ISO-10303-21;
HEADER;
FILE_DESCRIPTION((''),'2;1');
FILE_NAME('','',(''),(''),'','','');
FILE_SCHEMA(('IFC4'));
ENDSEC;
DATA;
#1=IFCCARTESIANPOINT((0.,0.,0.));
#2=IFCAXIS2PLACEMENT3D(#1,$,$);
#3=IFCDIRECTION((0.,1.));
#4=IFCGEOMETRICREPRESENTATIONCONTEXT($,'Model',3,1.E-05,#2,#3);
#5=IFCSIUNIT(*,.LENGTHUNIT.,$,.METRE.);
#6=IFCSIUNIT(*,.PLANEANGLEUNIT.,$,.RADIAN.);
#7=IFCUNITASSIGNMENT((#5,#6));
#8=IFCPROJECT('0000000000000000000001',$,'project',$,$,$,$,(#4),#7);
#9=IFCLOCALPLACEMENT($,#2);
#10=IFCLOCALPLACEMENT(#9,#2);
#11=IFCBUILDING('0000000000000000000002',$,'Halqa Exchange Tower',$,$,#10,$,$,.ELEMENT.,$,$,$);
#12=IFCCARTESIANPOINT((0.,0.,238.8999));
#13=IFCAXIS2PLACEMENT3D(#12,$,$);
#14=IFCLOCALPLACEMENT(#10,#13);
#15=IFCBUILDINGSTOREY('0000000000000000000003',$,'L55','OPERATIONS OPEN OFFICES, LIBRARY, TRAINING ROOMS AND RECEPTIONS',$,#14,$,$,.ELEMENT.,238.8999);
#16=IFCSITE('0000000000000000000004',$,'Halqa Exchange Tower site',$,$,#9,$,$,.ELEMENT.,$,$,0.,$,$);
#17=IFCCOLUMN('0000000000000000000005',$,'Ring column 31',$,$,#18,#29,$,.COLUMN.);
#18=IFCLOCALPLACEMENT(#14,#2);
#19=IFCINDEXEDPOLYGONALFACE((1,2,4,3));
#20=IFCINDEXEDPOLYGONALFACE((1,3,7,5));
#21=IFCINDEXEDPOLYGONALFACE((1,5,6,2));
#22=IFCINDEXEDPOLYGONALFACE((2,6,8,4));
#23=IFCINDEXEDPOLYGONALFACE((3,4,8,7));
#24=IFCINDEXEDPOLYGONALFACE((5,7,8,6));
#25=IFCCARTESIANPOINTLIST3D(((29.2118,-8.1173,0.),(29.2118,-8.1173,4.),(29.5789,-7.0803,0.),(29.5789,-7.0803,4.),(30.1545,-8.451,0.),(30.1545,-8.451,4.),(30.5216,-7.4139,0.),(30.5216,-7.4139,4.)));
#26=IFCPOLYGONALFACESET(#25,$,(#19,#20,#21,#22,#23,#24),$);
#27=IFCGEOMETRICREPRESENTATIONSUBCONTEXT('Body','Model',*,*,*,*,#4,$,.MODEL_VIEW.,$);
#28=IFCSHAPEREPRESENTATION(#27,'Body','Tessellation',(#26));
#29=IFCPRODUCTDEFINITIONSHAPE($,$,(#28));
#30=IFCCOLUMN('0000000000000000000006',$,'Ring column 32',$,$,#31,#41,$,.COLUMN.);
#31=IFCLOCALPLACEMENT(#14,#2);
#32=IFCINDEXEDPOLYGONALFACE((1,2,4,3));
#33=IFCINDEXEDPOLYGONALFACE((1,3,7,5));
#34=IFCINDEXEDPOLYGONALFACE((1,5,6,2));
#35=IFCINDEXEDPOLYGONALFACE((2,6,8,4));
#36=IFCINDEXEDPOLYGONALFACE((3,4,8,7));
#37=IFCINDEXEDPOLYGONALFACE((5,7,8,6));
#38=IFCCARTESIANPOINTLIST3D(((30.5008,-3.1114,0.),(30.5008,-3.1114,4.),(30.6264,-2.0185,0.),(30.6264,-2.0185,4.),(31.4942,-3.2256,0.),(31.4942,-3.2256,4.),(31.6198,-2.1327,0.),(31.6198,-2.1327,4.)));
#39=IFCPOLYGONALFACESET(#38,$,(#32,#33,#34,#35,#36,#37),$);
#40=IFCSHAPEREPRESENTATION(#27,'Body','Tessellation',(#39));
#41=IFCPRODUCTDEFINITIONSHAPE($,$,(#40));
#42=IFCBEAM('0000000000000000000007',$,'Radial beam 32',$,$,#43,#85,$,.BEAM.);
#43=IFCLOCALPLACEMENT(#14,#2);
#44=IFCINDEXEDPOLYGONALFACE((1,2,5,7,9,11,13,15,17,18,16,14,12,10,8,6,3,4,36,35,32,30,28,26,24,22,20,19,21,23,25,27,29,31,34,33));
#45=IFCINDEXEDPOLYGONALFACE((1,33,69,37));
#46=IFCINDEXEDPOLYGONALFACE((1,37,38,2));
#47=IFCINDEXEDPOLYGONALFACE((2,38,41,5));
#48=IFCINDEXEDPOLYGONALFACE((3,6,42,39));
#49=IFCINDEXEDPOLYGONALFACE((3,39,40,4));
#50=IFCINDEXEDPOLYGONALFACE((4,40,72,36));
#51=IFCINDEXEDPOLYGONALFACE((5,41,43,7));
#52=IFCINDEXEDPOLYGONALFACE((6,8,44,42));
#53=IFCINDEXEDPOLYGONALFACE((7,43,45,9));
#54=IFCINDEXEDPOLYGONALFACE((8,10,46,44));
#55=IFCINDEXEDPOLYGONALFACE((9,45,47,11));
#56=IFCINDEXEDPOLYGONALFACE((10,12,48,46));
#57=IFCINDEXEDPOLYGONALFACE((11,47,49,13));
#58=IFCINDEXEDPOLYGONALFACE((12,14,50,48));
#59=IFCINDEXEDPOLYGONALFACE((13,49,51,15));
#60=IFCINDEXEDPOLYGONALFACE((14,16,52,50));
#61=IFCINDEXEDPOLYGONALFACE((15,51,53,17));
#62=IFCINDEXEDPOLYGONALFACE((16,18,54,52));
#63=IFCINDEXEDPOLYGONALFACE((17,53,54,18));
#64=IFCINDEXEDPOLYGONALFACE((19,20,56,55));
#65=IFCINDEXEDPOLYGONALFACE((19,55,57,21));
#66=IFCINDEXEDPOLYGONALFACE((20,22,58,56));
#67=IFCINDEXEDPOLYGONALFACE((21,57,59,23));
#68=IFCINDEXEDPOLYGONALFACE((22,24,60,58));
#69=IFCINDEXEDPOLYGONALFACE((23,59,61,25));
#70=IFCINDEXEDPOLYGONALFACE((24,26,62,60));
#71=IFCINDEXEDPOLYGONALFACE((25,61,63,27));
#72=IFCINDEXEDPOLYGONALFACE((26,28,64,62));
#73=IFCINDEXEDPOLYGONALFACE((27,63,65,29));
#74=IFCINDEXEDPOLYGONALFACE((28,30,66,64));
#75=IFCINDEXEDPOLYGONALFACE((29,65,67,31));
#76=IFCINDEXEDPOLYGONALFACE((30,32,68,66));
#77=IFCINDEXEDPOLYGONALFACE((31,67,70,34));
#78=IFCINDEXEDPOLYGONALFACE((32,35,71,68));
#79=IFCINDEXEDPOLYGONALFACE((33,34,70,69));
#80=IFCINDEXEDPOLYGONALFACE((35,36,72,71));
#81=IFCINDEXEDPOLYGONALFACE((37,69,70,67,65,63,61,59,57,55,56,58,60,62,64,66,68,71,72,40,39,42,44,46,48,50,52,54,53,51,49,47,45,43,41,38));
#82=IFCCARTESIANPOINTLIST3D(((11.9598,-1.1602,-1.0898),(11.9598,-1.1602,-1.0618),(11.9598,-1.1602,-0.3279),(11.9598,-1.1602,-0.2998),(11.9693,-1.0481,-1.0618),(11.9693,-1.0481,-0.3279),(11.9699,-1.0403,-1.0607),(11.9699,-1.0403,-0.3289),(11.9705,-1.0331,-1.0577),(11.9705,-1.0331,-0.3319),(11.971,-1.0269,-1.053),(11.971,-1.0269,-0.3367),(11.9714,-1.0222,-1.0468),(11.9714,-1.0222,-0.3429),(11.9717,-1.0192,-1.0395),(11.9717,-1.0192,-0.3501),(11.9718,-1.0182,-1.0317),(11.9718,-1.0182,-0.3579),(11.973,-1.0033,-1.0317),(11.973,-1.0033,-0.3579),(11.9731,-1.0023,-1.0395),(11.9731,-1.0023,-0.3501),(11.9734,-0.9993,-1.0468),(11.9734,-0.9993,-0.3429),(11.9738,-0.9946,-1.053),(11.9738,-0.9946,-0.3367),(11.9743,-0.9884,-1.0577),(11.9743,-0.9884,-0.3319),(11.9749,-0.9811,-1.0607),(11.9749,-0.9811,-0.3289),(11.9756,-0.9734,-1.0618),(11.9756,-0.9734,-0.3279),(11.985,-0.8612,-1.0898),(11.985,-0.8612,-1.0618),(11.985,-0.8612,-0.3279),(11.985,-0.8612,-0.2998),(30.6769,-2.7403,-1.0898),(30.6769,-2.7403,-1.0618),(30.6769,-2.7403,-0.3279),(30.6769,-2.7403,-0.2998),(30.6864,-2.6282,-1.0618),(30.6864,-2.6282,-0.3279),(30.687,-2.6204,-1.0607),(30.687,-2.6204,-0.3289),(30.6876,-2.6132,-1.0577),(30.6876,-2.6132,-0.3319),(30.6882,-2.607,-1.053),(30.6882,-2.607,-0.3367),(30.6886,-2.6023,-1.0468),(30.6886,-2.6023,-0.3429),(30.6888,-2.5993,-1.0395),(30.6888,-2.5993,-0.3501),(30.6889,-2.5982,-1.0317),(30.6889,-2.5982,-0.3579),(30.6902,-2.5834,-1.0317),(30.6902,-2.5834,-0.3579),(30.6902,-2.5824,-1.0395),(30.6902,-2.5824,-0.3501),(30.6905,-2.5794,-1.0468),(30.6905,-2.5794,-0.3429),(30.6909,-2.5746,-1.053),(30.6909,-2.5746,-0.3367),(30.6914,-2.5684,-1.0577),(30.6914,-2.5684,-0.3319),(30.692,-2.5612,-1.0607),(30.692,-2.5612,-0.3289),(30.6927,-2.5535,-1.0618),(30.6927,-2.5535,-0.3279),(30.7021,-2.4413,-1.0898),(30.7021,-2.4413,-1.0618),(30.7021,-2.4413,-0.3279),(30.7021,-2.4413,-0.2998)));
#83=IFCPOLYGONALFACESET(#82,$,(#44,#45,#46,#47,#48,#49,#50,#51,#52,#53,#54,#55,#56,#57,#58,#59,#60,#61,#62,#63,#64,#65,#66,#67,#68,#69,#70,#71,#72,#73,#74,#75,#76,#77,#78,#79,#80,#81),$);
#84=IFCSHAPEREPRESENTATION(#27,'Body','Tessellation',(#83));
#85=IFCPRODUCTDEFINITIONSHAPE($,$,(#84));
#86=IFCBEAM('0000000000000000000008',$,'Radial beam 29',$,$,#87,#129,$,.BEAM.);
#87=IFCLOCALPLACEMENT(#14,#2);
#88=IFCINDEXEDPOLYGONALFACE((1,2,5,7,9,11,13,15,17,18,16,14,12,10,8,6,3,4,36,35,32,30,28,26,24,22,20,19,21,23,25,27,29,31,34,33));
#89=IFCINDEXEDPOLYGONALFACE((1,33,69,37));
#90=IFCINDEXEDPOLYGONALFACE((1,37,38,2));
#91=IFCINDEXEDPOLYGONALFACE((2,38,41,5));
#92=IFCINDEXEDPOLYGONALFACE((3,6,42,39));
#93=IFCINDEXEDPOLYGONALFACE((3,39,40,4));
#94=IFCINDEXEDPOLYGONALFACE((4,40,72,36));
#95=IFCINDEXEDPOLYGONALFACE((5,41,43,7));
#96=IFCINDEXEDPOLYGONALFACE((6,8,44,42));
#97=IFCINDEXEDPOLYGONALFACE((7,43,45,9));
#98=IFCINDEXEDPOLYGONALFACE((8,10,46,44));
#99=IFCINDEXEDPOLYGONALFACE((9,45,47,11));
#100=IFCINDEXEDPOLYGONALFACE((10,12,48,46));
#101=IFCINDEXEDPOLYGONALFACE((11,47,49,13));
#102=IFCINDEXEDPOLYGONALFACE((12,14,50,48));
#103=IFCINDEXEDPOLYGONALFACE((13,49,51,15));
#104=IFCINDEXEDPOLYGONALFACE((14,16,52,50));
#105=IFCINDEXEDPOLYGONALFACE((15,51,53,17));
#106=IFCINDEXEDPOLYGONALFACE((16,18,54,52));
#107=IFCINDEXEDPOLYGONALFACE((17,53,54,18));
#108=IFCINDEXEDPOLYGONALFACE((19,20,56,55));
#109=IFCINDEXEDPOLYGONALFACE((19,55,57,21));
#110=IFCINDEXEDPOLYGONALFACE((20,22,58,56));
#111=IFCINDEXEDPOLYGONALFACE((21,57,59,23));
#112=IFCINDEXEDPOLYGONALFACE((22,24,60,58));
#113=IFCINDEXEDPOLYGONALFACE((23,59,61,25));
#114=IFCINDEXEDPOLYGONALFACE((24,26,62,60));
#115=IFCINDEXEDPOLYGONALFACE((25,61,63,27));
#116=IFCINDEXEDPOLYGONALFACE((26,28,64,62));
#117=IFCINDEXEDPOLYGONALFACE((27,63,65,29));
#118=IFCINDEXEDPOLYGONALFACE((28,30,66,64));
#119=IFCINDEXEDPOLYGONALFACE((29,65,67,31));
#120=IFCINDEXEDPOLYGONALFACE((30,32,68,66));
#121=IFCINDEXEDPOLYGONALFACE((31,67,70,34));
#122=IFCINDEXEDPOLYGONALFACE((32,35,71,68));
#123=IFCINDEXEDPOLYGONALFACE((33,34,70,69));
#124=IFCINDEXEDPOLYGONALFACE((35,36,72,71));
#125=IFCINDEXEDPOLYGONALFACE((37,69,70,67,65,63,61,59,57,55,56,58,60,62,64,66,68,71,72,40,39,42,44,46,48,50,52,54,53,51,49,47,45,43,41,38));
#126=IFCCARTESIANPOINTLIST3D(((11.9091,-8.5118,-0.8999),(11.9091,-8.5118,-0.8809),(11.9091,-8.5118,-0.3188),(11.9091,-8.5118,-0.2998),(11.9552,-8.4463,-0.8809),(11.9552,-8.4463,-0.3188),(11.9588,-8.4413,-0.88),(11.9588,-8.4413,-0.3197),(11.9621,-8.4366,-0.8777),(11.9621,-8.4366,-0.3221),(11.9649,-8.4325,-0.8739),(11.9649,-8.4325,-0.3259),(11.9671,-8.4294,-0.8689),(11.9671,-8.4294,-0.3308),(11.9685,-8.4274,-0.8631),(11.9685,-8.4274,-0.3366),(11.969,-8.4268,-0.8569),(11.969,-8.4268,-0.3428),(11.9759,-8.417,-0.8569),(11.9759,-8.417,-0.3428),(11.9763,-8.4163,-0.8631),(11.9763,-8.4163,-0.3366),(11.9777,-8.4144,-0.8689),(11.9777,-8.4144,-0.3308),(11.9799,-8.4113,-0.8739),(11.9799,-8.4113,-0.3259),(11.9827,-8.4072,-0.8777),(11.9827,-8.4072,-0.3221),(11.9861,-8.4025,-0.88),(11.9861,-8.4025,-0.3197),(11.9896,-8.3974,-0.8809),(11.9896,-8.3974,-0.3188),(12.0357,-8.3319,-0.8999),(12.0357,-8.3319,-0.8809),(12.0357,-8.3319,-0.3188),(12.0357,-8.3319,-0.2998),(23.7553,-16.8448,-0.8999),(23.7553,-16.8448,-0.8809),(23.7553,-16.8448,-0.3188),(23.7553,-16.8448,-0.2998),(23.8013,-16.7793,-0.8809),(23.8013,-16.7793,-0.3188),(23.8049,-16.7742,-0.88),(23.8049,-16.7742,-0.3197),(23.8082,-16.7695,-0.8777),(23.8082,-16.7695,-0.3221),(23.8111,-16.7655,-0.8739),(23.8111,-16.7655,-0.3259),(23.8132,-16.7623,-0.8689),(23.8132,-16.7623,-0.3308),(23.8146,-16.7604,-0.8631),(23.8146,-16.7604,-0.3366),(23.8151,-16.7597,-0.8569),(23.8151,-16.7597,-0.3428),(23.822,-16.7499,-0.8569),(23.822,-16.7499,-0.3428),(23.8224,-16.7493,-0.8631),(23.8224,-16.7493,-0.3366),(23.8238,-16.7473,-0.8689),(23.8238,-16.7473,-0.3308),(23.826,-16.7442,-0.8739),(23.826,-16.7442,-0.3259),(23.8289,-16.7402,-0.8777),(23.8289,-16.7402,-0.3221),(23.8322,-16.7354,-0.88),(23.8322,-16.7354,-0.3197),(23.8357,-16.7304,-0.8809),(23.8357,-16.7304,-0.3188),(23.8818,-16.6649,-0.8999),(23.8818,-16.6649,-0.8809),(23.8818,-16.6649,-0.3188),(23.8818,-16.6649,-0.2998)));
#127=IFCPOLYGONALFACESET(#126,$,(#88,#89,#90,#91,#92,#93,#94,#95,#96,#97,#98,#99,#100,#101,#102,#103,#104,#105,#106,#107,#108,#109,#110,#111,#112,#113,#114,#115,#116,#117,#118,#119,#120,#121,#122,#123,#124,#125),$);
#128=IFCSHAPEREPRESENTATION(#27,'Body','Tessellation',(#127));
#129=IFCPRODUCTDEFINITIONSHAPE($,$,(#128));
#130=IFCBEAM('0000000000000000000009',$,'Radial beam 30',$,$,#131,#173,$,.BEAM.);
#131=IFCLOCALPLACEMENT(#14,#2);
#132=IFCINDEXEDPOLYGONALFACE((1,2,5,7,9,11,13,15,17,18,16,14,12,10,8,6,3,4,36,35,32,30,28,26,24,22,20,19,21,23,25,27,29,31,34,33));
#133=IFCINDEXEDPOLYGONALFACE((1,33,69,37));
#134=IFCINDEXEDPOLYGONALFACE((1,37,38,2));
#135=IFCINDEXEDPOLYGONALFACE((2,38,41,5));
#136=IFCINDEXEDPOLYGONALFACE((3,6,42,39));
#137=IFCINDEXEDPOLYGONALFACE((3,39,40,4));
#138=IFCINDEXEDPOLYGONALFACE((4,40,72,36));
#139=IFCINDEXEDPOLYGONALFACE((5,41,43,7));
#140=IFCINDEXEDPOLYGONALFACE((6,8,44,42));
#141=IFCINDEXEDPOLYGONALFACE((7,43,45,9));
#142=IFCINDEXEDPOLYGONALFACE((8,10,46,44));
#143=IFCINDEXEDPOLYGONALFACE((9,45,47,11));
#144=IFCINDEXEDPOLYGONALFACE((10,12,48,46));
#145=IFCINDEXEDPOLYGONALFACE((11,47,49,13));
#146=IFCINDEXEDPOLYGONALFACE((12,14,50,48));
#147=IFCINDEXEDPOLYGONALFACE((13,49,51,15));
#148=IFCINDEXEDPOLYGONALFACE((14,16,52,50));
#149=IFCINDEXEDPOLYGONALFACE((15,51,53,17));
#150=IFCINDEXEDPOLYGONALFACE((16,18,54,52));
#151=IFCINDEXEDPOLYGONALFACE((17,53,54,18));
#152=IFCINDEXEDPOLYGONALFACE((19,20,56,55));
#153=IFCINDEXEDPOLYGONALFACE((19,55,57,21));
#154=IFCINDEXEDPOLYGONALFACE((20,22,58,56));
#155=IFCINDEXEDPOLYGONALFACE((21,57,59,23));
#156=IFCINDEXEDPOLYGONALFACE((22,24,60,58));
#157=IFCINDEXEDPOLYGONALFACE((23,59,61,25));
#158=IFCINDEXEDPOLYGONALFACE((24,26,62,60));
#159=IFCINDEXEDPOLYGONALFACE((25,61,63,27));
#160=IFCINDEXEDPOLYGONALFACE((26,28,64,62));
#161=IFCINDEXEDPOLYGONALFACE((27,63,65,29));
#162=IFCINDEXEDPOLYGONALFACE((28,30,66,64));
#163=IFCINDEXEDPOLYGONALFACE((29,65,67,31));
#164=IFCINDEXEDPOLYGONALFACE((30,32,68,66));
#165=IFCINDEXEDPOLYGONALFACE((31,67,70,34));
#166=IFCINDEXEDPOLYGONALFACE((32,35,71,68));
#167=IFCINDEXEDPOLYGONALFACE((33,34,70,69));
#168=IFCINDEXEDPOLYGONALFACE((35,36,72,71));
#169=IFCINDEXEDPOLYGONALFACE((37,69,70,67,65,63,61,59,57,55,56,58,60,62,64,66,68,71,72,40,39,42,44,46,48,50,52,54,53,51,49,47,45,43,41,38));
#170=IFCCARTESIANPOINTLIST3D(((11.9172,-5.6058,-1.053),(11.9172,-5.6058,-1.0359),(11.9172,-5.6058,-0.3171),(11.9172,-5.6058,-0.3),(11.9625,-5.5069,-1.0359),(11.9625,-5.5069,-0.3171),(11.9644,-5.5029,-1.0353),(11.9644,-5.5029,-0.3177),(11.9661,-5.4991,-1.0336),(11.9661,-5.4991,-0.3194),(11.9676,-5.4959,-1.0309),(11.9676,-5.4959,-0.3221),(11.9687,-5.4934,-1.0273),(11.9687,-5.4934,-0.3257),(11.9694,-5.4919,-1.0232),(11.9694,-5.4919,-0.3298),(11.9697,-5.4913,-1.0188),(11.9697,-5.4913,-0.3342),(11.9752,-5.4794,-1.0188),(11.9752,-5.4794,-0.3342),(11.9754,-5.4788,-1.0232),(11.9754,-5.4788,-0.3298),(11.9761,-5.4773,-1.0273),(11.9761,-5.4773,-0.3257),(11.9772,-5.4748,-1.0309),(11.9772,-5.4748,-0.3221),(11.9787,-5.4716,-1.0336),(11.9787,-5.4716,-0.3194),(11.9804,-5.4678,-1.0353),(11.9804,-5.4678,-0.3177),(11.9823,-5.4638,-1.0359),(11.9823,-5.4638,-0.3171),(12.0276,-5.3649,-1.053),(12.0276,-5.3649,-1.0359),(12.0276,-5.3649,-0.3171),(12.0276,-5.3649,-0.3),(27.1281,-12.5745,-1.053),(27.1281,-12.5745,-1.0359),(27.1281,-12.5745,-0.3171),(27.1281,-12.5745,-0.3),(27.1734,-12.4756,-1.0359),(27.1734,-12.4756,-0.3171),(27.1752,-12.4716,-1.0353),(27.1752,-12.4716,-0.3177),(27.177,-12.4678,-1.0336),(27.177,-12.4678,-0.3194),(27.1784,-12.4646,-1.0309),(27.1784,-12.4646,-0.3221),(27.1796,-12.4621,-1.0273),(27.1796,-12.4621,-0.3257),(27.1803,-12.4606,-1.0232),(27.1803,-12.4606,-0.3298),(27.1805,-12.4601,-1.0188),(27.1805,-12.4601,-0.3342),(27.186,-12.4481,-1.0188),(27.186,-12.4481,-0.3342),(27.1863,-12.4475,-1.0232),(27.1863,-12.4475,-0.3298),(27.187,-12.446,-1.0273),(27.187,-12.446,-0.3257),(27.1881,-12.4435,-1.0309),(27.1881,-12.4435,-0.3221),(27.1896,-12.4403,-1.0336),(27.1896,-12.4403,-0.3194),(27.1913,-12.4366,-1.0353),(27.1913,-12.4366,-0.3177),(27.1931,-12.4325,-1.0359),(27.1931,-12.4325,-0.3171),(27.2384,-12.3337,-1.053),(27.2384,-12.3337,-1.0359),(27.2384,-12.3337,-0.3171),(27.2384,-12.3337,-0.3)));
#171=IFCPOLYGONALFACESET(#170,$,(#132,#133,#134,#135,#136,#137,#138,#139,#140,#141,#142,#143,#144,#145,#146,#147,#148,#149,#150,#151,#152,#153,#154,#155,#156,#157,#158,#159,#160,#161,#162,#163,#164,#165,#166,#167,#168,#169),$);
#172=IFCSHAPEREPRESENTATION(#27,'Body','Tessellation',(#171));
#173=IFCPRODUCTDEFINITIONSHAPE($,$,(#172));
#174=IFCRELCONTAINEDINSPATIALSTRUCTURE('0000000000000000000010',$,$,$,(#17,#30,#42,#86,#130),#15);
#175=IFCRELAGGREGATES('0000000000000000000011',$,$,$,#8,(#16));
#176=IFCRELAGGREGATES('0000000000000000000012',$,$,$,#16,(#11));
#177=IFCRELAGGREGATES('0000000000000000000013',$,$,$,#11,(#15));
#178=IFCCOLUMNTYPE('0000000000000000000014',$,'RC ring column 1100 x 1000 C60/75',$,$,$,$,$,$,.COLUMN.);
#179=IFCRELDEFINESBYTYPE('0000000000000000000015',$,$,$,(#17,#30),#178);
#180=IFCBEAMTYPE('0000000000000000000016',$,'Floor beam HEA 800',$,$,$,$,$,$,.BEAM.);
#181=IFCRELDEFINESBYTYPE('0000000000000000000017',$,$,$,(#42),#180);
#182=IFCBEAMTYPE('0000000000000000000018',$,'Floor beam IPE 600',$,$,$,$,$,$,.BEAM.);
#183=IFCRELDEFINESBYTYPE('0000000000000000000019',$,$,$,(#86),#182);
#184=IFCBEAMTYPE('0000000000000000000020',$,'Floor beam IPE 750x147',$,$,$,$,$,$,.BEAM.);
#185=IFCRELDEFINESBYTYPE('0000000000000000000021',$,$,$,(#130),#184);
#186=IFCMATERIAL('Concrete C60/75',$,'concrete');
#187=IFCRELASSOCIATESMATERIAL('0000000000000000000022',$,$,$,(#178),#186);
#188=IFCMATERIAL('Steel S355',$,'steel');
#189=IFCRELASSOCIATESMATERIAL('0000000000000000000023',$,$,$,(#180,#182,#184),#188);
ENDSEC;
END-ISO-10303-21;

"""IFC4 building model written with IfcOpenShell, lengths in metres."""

from ifc_helpers import new_model, si_unit, direction, frame, origin, origin_2d, place, context, subcontext, project, spatial, rectangle, i_section, extrude, material, material_profile, profile_set, type_object, element, save


model = new_model("IFC4")

# Units and contexts
model_context = context("Model", 3, precision=1e-05, world=origin(), true_north=direction((0.0, 1.0)))
body_context = subcontext(model_context, "Body", "Model", "MODEL_VIEW")
ifc_project = project(units=[si_unit("LENGTHUNIT", "METRE"), si_unit("PLANEANGLEUNIT", "RADIAN")], contexts=[model_context])

# Site, building, storey
site_placement = place(None, origin())
site = spatial("IfcSite", under=ifc_project, at=site_placement, Name="Halqa Exchange Tower site", CompositionType="ELEMENT", RefElevation=0.0)
building_placement = place(site_placement, origin())
building = spatial("IfcBuilding", under=site, at=building_placement, Name="Halqa Exchange Tower", CompositionType="ELEMENT")
storey_placement = place(building_placement, frame((0.0, 0.0, 238.8999)))
storey = spatial("IfcBuildingStorey", under=building, at=storey_placement, Name="L55", Description="OPERATIONS OPEN OFFICES, LIBRARY, TRAINING ROOMS AND RECEPTIONS", CompositionType="ELEMENT", Elevation=238.8999)

# Columns
ifc_material_1 = material(Name="Concrete C60/75", Category="concrete")
ifc_material_profile_1 = material_profile(ifc_material_1, rectangle(XDim=1.1001, YDim=1.0, at=origin_2d()), Name="1100 x 1000")
ifc_profile_set_1 = profile_set([ifc_material_profile_1], Name="Concrete C60/75")
column_type = type_object("IfcColumnType", Name="RC ring column 1100 x 1000 C60/75", PredefinedType="COLUMN", material=ifc_profile_set_1)
for number, where, z_axis, x_axis, name in (
    (1, (29.8667, -7.7656, 0.0), (0.0, 0.0, 1.0), (0.333624, 0.942706, 0.0), "Ring column 31"),
    (2, (31.0603, -2.6221, 0.0), (0.0, 0.0, 1.0), (0.114153, 0.993463, 0.0), "Ring column 32"),
):
    element("IfcColumn", number, at=place(storey_placement, frame(where, z_axis=z_axis, x_axis=x_axis)), inside=storey, type_object=column_type, Name=name, PredefinedType="COLUMN", context=body_context, shape_type="SweptSolid", body=[
        extrude(rectangle(XDim=1.1001, YDim=1.0, at=origin_2d()), origin(), (0.0, 0.0, 1.0), 4.0),
    ])

# Beams
ifc_material_2 = material(Name="Steel S355", Category="steel")
ifc_material_profile_2 = material_profile(ifc_material_2, i_section(OverallWidth=0.3, OverallDepth=0.79, WebThickness=0.0149, FlangeThickness=0.0281, FilletRadius=0.03, at=origin_2d()), Name="HEA 800")
ifc_profile_set_2 = profile_set([ifc_material_profile_2], Name="Steel S355")
beam_type_1 = type_object("IfcBeamType", Name="Floor beam HEA 800", PredefinedType="BEAM", material=ifc_profile_set_2)
beam_1_placement = place(storey_placement, frame((11.9724, -1.0107, -0.6948), z_axis=(0.996456, -0.08412, 0.0), x_axis=(0.08412, 0.996456, 0.0)))
element("IfcBeam", 3, at=beam_1_placement, inside=storey, type_object=beam_type_1, Name="Radial beam 32", PredefinedType="BEAM", context=body_context, shape_type="SweptSolid", body=[
    extrude(i_section(OverallWidth=0.3, OverallDepth=0.79, WebThickness=0.0149, FlangeThickness=0.0281, FilletRadius=0.03, at=origin_2d()), origin(), (0.0, 0.0, 1.0), 18.7837),
])
ifc_material_profile_3 = material_profile(ifc_material_2, i_section(OverallWidth=0.22, OverallDepth=0.6001, WebThickness=0.012, FlangeThickness=0.019, FilletRadius=0.0239, at=origin_2d()), Name="IPE 600")
ifc_profile_set_3 = profile_set([ifc_material_profile_3], Name="Steel S355")
beam_type_2 = type_object("IfcBeamType", Name="Floor beam IPE 600", PredefinedType="BEAM", material=ifc_profile_set_3)
beam_2_placement = place(storey_placement, frame((11.9724, -8.4219, -0.5999), z_axis=(0.81791, -0.575346, 0.0), x_axis=(0.575346, 0.81791, 0.0)))
element("IfcBeam", 4, at=beam_2_placement, inside=storey, type_object=beam_type_2, Name="Radial beam 29", PredefinedType="BEAM", context=body_context, shape_type="SweptSolid", body=[
    extrude(i_section(OverallWidth=0.22, OverallDepth=0.6001, WebThickness=0.012, FlangeThickness=0.019, FilletRadius=0.0239, at=origin_2d()), origin(), (0.0, 0.0, 1.0), 14.4834),
])
ifc_material_profile_4 = material_profile(ifc_material_2, i_section(OverallWidth=0.2649, OverallDepth=0.7529, WebThickness=0.0132, FlangeThickness=0.0171, FilletRadius=0.0171, at=origin_2d()), Name="IPE 750x147")
ifc_profile_set_4 = profile_set([ifc_material_profile_4], Name="Steel S355")
beam_type_3 = type_object("IfcBeamType", Name="Floor beam IPE 750x147", PredefinedType="BEAM", material=ifc_profile_set_4)
beam_3_placement = place(storey_placement, frame((11.9724, -5.4854, -0.6765), z_axis=(0.909131, -0.41651, 0.0), x_axis=(0.41651, 0.909131, 0.0)))
element("IfcBeam", 5, at=beam_3_placement, inside=storey, type_object=beam_type_3, Name="Radial beam 30", PredefinedType="BEAM", context=body_context, shape_type="SweptSolid", body=[
    extrude(i_section(OverallWidth=0.2649, OverallDepth=0.7529, WebThickness=0.0132, FlangeThickness=0.0171, FilletRadius=0.0171, at=origin_2d()), origin(), (0.0, 0.0, 1.0), 16.7312),
])

save(model, "model.ifc")
